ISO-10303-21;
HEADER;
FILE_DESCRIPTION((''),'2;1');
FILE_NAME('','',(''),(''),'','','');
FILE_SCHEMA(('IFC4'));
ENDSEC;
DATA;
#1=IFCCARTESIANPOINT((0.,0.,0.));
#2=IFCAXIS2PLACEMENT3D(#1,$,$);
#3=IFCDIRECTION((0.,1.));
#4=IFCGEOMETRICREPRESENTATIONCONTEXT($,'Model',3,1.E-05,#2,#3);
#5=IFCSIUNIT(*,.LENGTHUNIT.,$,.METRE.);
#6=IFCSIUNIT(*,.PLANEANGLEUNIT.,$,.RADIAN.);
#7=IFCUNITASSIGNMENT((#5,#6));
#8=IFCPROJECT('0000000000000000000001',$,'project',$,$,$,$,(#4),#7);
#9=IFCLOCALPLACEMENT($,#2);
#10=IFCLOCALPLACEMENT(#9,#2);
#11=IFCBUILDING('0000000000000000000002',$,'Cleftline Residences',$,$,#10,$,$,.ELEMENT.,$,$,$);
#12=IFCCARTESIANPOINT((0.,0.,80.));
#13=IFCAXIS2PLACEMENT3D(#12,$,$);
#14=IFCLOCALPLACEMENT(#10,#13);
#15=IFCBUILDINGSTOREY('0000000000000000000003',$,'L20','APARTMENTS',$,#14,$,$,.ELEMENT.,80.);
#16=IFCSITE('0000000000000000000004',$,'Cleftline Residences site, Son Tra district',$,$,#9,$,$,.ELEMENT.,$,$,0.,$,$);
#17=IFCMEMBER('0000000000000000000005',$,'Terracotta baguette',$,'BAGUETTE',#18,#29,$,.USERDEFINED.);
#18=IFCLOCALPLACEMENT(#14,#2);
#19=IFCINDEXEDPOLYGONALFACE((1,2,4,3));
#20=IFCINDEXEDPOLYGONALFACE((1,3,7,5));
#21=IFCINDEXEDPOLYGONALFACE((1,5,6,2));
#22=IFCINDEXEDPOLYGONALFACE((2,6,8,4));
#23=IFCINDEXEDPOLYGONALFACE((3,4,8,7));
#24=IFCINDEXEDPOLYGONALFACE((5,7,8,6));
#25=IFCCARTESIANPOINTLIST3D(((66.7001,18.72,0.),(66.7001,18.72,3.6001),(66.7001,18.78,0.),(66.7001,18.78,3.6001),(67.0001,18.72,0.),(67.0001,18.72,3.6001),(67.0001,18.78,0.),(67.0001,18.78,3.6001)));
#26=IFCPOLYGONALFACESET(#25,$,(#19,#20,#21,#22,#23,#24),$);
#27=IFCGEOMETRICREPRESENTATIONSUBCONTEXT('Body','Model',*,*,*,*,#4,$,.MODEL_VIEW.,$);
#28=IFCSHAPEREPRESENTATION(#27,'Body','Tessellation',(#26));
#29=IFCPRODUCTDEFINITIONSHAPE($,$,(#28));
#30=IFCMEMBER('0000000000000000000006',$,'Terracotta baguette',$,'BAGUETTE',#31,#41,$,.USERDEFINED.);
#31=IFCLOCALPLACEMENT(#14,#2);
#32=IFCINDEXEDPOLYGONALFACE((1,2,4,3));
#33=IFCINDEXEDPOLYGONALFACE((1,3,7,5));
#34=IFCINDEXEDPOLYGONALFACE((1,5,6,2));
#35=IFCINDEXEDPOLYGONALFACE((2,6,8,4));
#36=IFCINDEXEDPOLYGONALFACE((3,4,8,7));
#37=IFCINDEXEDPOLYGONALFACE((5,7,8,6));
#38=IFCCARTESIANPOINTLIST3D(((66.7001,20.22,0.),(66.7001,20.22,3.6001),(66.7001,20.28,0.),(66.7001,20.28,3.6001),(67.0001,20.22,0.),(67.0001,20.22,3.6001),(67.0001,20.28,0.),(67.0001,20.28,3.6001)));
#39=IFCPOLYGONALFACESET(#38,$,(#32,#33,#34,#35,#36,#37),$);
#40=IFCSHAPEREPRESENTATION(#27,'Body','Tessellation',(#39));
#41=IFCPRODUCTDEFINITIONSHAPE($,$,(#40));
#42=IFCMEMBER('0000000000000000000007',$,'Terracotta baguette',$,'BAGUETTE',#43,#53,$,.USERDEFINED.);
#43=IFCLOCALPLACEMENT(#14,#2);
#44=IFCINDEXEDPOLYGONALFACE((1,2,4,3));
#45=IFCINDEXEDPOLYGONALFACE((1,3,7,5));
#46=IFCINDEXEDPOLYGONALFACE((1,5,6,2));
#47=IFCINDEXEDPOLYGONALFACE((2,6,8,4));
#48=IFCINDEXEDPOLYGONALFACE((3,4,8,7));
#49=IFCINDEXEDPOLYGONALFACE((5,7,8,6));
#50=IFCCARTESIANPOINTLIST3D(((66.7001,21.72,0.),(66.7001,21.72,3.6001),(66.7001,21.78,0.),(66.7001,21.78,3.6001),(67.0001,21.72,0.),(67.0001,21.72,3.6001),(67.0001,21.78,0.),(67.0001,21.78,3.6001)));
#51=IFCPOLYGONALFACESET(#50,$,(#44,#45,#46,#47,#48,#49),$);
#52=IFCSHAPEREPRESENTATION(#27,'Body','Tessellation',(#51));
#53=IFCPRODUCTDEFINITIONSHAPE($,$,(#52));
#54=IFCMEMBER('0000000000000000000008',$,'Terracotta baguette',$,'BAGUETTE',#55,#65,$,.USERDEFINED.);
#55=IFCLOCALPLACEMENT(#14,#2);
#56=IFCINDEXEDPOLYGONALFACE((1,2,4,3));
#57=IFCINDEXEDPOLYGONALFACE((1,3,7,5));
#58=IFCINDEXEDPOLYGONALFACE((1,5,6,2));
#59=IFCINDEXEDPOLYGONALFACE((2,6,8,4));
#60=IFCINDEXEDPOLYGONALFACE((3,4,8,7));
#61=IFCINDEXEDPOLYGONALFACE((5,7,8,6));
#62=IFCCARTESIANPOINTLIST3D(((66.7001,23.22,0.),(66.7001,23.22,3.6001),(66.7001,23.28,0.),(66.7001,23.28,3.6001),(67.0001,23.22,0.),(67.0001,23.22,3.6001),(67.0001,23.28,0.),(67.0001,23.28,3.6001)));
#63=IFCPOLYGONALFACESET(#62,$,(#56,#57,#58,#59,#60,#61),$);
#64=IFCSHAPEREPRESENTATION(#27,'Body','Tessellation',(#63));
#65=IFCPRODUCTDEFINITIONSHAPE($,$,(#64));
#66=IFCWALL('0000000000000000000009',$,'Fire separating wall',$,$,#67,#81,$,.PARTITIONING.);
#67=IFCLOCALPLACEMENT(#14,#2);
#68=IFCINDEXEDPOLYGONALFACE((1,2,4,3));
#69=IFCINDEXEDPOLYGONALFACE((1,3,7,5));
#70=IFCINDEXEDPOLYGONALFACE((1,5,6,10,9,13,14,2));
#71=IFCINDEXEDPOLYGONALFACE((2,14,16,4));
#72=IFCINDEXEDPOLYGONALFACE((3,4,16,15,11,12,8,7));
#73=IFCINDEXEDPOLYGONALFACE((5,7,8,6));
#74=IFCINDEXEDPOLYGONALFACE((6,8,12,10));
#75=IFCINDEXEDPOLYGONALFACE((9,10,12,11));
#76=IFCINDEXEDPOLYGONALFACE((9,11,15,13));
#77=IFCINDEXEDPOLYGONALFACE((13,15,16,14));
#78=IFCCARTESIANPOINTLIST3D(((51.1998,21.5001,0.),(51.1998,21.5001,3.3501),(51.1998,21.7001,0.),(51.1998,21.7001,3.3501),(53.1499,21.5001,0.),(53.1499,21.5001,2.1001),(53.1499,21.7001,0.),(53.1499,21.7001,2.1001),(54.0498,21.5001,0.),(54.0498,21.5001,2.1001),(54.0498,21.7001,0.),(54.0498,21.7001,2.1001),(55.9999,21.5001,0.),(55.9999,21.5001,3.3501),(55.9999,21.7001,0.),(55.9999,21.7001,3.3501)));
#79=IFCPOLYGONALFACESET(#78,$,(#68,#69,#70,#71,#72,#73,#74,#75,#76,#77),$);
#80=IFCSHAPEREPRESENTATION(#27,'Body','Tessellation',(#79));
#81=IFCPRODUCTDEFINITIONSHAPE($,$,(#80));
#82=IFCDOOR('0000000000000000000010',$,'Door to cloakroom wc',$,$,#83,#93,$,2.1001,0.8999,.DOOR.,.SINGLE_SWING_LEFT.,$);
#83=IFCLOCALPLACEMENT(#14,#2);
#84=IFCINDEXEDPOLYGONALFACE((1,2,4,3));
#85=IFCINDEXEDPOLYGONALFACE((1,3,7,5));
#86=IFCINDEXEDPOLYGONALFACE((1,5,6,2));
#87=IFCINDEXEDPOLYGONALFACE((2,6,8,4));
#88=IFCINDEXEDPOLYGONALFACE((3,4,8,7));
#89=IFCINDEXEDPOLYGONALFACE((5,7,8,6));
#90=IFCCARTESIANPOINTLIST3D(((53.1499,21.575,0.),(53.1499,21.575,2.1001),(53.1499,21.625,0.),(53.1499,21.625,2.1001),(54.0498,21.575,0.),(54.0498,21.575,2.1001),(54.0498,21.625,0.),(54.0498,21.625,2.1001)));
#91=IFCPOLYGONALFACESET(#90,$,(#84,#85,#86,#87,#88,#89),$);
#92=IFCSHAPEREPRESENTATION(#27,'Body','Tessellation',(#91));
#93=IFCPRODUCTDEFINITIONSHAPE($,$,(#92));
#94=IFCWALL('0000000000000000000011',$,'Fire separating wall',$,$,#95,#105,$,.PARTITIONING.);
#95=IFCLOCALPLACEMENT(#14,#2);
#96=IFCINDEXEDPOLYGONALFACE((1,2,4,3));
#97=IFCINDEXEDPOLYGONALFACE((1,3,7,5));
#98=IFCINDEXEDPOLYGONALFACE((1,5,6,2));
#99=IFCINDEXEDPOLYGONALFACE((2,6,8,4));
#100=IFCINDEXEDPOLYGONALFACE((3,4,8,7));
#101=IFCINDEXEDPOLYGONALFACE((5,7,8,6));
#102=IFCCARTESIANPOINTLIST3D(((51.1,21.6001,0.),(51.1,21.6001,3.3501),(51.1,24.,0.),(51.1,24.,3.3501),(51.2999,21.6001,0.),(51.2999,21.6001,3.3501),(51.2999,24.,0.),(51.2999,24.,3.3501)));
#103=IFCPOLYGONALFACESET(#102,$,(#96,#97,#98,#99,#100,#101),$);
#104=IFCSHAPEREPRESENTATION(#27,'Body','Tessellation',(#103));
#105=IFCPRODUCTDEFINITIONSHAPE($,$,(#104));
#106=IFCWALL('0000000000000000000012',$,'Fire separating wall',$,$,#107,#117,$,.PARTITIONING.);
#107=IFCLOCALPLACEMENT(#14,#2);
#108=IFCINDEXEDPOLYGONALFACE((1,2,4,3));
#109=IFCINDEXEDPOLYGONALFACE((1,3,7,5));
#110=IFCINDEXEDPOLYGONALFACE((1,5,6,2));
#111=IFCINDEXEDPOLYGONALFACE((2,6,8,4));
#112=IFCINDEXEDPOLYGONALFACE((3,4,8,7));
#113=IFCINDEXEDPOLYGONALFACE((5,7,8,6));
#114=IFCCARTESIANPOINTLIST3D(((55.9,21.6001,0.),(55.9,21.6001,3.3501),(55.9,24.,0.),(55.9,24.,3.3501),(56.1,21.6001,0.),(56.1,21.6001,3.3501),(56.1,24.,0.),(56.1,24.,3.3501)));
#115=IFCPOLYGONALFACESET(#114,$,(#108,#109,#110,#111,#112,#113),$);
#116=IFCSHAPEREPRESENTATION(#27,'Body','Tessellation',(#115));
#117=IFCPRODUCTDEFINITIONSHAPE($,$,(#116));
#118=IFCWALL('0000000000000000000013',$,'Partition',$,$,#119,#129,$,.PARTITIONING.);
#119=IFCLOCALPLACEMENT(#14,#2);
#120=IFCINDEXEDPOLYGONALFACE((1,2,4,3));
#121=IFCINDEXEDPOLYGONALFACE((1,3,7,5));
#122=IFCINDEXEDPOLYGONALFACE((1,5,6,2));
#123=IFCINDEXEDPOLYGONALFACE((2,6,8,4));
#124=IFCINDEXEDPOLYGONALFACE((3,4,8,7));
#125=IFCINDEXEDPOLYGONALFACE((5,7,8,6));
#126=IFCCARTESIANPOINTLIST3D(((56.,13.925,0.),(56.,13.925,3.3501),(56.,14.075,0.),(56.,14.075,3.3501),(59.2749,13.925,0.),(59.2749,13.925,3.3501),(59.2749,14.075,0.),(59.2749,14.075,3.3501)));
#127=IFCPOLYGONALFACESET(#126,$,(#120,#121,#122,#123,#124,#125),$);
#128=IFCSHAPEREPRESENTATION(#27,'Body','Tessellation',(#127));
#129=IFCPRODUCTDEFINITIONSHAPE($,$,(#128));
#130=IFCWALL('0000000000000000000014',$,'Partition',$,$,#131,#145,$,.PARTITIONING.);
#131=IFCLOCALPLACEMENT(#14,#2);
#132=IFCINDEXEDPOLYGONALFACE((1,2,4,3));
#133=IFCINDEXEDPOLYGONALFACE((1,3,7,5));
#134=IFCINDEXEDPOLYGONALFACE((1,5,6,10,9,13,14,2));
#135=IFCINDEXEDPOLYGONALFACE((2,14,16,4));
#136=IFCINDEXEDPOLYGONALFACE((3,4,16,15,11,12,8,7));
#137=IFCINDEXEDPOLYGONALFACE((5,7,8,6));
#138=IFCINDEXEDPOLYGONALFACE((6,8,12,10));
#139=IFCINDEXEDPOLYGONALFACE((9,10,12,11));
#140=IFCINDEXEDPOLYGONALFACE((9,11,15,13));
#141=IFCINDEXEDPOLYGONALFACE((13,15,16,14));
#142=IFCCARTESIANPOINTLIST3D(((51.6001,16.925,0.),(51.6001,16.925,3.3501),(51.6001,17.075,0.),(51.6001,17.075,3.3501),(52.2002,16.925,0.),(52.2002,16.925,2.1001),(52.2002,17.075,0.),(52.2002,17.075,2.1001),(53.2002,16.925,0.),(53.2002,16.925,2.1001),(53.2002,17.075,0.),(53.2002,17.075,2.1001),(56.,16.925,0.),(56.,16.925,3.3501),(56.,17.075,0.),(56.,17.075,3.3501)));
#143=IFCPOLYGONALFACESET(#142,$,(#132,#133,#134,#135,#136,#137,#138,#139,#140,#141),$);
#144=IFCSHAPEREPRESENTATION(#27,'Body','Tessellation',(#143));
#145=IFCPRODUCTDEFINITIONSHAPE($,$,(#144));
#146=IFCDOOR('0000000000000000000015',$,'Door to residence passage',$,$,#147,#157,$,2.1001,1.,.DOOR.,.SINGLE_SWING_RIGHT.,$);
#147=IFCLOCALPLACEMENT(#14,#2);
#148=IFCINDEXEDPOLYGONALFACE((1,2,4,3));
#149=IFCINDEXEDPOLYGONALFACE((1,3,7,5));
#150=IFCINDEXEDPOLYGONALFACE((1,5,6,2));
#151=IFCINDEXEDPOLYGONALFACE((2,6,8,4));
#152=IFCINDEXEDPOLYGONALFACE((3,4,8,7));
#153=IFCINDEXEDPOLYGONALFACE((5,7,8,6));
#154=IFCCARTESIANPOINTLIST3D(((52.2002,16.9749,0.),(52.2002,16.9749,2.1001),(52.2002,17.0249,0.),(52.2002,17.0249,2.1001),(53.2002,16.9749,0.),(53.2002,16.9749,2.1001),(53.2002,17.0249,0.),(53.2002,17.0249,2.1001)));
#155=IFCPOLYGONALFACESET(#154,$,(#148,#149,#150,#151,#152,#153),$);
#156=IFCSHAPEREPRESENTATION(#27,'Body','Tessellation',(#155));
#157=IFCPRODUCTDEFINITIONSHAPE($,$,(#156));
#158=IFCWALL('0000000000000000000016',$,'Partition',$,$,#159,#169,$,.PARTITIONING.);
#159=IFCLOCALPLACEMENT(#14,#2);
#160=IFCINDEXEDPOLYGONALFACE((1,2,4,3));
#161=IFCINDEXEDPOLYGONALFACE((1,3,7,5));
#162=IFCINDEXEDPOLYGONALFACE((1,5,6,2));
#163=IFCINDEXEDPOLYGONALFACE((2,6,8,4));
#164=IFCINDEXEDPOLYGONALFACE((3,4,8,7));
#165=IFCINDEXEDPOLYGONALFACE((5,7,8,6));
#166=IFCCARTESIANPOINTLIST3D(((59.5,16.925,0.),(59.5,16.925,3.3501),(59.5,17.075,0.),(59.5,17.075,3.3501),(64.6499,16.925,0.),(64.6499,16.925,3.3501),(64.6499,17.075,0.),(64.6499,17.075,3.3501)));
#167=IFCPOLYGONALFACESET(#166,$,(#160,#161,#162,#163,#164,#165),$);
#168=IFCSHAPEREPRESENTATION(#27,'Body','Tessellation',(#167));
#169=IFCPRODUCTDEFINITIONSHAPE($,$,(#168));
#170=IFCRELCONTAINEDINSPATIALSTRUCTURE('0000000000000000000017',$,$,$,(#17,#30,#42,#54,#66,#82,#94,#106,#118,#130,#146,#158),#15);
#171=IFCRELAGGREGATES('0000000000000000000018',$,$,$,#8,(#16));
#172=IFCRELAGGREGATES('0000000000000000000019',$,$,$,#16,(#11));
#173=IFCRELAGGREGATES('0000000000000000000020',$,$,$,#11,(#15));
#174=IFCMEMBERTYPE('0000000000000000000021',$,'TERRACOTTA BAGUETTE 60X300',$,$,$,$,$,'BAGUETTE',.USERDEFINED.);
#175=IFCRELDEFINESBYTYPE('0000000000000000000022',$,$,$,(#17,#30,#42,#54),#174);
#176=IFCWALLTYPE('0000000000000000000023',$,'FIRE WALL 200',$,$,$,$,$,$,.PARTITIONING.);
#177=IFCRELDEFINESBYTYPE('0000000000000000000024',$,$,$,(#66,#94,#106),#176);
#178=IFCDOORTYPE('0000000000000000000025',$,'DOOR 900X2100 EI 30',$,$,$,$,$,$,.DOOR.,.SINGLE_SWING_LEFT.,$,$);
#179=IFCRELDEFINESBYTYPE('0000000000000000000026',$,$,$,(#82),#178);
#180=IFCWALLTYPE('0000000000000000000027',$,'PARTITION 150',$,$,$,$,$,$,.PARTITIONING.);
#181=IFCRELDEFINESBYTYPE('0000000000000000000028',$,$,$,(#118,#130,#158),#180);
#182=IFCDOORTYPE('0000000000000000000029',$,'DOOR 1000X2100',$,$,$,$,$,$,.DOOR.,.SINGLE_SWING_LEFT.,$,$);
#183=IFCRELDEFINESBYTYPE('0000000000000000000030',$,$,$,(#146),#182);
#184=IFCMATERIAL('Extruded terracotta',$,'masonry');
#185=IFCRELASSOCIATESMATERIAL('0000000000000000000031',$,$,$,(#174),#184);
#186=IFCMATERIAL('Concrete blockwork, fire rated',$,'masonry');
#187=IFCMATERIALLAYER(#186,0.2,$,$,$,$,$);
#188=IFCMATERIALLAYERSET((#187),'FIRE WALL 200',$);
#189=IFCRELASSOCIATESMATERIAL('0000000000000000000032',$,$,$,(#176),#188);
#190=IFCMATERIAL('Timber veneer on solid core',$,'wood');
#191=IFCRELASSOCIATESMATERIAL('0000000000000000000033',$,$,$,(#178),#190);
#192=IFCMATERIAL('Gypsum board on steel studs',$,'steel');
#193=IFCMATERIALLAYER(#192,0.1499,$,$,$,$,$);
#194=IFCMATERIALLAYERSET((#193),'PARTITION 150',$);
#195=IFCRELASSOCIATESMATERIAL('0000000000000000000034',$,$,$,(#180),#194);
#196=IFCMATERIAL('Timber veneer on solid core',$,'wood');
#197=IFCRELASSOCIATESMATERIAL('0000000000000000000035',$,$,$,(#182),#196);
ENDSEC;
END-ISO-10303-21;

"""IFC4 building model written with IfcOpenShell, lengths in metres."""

from ifc_helpers import new_model, si_unit, direction, frame, frame_2d, origin, origin_2d, place, context, subcontext, project, spatial, rectangle, extrude, material, layer, layer_set, material_profile, profile_set, type_object, element, fill, save


model = new_model("IFC4")

# Units and contexts
model_context = context("Model", 3, precision=1e-05, world=origin(), true_north=direction((0.0, 1.0)))
body_context = subcontext(model_context, "Body", "Model", "MODEL_VIEW")
ifc_project = project(units=[si_unit("LENGTHUNIT", "METRE"), si_unit("PLANEANGLEUNIT", "RADIAN")], contexts=[model_context])

# Site, building, storey
site_placement = place(None, origin())
site = spatial("IfcSite", under=ifc_project, at=site_placement, Name="Cleftline Residences site, Son Tra district", CompositionType="ELEMENT", RefElevation=0.0)
building_placement = place(site_placement, origin())
building = spatial("IfcBuilding", under=site, at=building_placement, Name="Cleftline Residences", CompositionType="ELEMENT")
storey_placement = place(building_placement, frame((0.0, 0.0, 80.0)))
storey = spatial("IfcBuildingStorey", under=building, at=storey_placement, Name="L20", Description="APARTMENTS", CompositionType="ELEMENT", Elevation=80.0)

# Members
ifc_material_1 = material(Name="Extruded terracotta", Category="masonry")
ifc_material_profile_1 = material_profile(ifc_material_1, rectangle(XDim=0.0601, YDim=0.3, at=origin_2d()))
ifc_profile_set_1 = profile_set([ifc_material_profile_1], Name="Extruded terracotta")
member_type_1 = type_object("IfcMemberType", Name="TERRACOTTA BAGUETTE 60X300", ElementType="BAGUETTE", PredefinedType="USERDEFINED", material=ifc_profile_set_1)
for number, where, z_axis, x_axis, name in (
    (1, (66.8501, 18.75, 0.0), (0.0, 0.0, 1.0), (0.0, 1.0, 0.0), "Terracotta baguette"),
    (2, (66.8501, 20.25, 0.0), (0.0, 0.0, 1.0), (0.0, 1.0, 0.0), "Terracotta baguette"),
    (3, (66.8501, 21.75, 0.0), (0.0, 0.0, 1.0), (0.0, 1.0, 0.0), "Terracotta baguette"),
    (4, (66.8501, 23.25, 0.0), (0.0, 0.0, 1.0), (0.0, 1.0, 0.0), "Terracotta baguette"),
):
    element("IfcMember", number, at=place(storey_placement, frame(where, z_axis=z_axis, x_axis=x_axis)), inside=storey, type_object=member_type_1, Name=name, ObjectType="BAGUETTE", PredefinedType="USERDEFINED", context=body_context, shape_type="SweptSolid", body=[
        extrude(rectangle(XDim=0.0601, YDim=0.3, at=origin_2d()), origin(), (0.0, 0.0, 1.0), 3.6001),
    ])

# Wall, opening, door
ifc_material_2 = material(Name="Concrete blockwork, fire rated", Category="masonry")
ifc_layer_1 = layer(ifc_material_2, 0.2)
ifc_layer_set_1 = layer_set([ifc_layer_1], Name="FIRE WALL 200")
wall_type_1 = type_object("IfcWallType", Name="FIRE WALL 200", PredefinedType="PARTITIONING", material=ifc_layer_set_1)
wall_1_placement = place(storey_placement, frame((51.2, 21.6001, 0.0), z_axis=(0.0, 0.0, 1.0), x_axis=(1.0, 0.0, 0.0)))
wall_1 = element("IfcWall", 5, at=wall_1_placement, inside=storey, type_object=wall_type_1, Name="Fire separating wall", PredefinedType="PARTITIONING", context=body_context, shape_type="SweptSolid", body=[
    extrude(rectangle(XDim=4.8, YDim=0.2, at=frame_2d((2.3999, 0.0))), origin(), (0.0, 0.0, 1.0), 3.3501),
])
opening_1_placement = place(wall_1_placement, frame((1.95, 0.0, 0.0)))
opening_1 = element("IfcOpeningElement", 6, at=opening_1_placement, cuts=wall_1, PredefinedType="OPENING", context=body_context, shape_type="SweptSolid", body=[
    extrude(rectangle(XDim=0.8999, YDim=2.1001, at=frame_2d((0.45, 1.05))), frame((0.0, 0.1099, 0.0), z_axis=(0.0, -1.0, 0.0), x_axis=(1.0, 0.0, 0.0)), (0.0, 0.0, 1.0), 0.22),
])
ifc_material_3 = material(Name="Timber veneer on solid core", Category="wood")
door_type_1 = type_object("IfcDoorType", Name="DOOR 900X2100 EI 30", OperationType="SINGLE_SWING_LEFT", PredefinedType="DOOR", material=ifc_material_3)
door_1_placement = place(opening_1_placement, origin())
door_1 = element("IfcDoor", 7, at=door_1_placement, inside=storey, type_object=door_type_1, Name="Door to cloakroom wc", OperationType="SINGLE_SWING_LEFT", OverallHeight=2.1001, OverallWidth=0.8999, PredefinedType="DOOR", context=body_context, shape_type="SweptSolid", body=[
    extrude(rectangle(XDim=0.8999, YDim=2.1001, at=frame_2d((0.45, 1.05))), frame((0.0, 0.0249, 0.0), z_axis=(0.0, -1.0, 0.0), x_axis=(1.0, 0.0, 0.0)), (0.0, 0.0, 1.0), 0.05),
])
fill(opening_1, door_1)

# Walls
for number, where, z_axis, x_axis, name in (
    (8, (51.2, 21.6001, 0.0), (0.0, 0.0, 1.0), (0.0, 1.0, 0.0), "Fire separating wall"),
    (9, (56.0, 21.6001, 0.0), (0.0, 0.0, 1.0), (0.0, 1.0, 0.0), "Fire separating wall"),
):
    element("IfcWall", number, at=place(storey_placement, frame(where, z_axis=z_axis, x_axis=x_axis)), inside=storey, type_object=wall_type_1, Name=name, PredefinedType="PARTITIONING", context=body_context, shape_type="SweptSolid", body=[
        extrude(rectangle(XDim=2.3999, YDim=0.2, at=frame_2d((1.2, 0.0))), origin(), (0.0, 0.0, 1.0), 3.3501),
    ])
ifc_material_4 = material(Name="Gypsum board on steel studs", Category="steel")
ifc_layer_2 = layer(ifc_material_4, 0.1499)
ifc_layer_set_2 = layer_set([ifc_layer_2], Name="PARTITION 150")
wall_type_2 = type_object("IfcWallType", Name="PARTITION 150", PredefinedType="PARTITIONING", material=ifc_layer_set_2)
wall_2_placement = place(storey_placement, frame((56.0, 14.0, 0.0), z_axis=(0.0, 0.0, 1.0), x_axis=(1.0, 0.0, 0.0)))
element("IfcWall", 10, at=wall_2_placement, inside=storey, type_object=wall_type_2, Name="Partition", PredefinedType="PARTITIONING", context=body_context, shape_type="SweptSolid", body=[
    extrude(rectangle(XDim=3.2749, YDim=0.1499, at=frame_2d((1.6375, 0.0))), origin(), (0.0, 0.0, 1.0), 3.3501),
])

# Wall, opening, door
wall_3_placement = place(storey_placement, frame((51.6001, 17.0, 0.0), z_axis=(0.0, 0.0, 1.0), x_axis=(1.0, 0.0, 0.0)))
wall_3 = element("IfcWall", 11, at=wall_3_placement, inside=storey, type_object=wall_type_2, Name="Partition", PredefinedType="PARTITIONING", context=body_context, shape_type="SweptSolid", body=[
    extrude(rectangle(XDim=4.3999, YDim=0.1499, at=frame_2d((2.2, 0.0))), origin(), (0.0, 0.0, 1.0), 3.3501),
])
opening_2_placement = place(wall_3_placement, frame((0.6001, 0.0, 0.0)))
opening_2 = element("IfcOpeningElement", 12, at=opening_2_placement, cuts=wall_3, PredefinedType="OPENING", context=body_context, shape_type="SweptSolid", body=[
    extrude(rectangle(XDim=1.0, YDim=2.1001, at=frame_2d((0.5, 1.05))), frame((0.0, 0.085, 0.0), z_axis=(0.0, -1.0, 0.0), x_axis=(1.0, 0.0, 0.0)), (0.0, 0.0, 1.0), 0.1699),
])
ifc_material_5 = material(Name="Timber veneer on solid core", Category="wood")
door_type_2 = type_object("IfcDoorType", Name="DOOR 1000X2100", OperationType="SINGLE_SWING_LEFT", PredefinedType="DOOR", material=ifc_material_5)
door_2_placement = place(opening_2_placement, origin())
door_2 = element("IfcDoor", 13, at=door_2_placement, inside=storey, type_object=door_type_2, Name="Door to residence passage", OperationType="SINGLE_SWING_RIGHT", OverallHeight=2.1001, OverallWidth=1.0, PredefinedType="DOOR", context=body_context, shape_type="SweptSolid", body=[
    extrude(rectangle(XDim=1.0, YDim=2.1001, at=frame_2d((0.5, 1.05))), frame((0.0, 0.0249, 0.0), z_axis=(0.0, -1.0, 0.0), x_axis=(1.0, 0.0, 0.0)), (0.0, 0.0, 1.0), 0.05),
])
fill(opening_2, door_2)

# Wall
wall_4_placement = place(storey_placement, frame((59.5, 17.0, 0.0), z_axis=(0.0, 0.0, 1.0), x_axis=(1.0, 0.0, 0.0)))
element("IfcWall", 14, at=wall_4_placement, inside=storey, type_object=wall_type_2, Name="Partition", PredefinedType="PARTITIONING", context=body_context, shape_type="SweptSolid", body=[
    extrude(rectangle(XDim=5.1499, YDim=0.1499, at=frame_2d((2.575, 0.0))), origin(), (0.0, 0.0, 1.0), 3.3501),
])

save(model, "model.ifc")
